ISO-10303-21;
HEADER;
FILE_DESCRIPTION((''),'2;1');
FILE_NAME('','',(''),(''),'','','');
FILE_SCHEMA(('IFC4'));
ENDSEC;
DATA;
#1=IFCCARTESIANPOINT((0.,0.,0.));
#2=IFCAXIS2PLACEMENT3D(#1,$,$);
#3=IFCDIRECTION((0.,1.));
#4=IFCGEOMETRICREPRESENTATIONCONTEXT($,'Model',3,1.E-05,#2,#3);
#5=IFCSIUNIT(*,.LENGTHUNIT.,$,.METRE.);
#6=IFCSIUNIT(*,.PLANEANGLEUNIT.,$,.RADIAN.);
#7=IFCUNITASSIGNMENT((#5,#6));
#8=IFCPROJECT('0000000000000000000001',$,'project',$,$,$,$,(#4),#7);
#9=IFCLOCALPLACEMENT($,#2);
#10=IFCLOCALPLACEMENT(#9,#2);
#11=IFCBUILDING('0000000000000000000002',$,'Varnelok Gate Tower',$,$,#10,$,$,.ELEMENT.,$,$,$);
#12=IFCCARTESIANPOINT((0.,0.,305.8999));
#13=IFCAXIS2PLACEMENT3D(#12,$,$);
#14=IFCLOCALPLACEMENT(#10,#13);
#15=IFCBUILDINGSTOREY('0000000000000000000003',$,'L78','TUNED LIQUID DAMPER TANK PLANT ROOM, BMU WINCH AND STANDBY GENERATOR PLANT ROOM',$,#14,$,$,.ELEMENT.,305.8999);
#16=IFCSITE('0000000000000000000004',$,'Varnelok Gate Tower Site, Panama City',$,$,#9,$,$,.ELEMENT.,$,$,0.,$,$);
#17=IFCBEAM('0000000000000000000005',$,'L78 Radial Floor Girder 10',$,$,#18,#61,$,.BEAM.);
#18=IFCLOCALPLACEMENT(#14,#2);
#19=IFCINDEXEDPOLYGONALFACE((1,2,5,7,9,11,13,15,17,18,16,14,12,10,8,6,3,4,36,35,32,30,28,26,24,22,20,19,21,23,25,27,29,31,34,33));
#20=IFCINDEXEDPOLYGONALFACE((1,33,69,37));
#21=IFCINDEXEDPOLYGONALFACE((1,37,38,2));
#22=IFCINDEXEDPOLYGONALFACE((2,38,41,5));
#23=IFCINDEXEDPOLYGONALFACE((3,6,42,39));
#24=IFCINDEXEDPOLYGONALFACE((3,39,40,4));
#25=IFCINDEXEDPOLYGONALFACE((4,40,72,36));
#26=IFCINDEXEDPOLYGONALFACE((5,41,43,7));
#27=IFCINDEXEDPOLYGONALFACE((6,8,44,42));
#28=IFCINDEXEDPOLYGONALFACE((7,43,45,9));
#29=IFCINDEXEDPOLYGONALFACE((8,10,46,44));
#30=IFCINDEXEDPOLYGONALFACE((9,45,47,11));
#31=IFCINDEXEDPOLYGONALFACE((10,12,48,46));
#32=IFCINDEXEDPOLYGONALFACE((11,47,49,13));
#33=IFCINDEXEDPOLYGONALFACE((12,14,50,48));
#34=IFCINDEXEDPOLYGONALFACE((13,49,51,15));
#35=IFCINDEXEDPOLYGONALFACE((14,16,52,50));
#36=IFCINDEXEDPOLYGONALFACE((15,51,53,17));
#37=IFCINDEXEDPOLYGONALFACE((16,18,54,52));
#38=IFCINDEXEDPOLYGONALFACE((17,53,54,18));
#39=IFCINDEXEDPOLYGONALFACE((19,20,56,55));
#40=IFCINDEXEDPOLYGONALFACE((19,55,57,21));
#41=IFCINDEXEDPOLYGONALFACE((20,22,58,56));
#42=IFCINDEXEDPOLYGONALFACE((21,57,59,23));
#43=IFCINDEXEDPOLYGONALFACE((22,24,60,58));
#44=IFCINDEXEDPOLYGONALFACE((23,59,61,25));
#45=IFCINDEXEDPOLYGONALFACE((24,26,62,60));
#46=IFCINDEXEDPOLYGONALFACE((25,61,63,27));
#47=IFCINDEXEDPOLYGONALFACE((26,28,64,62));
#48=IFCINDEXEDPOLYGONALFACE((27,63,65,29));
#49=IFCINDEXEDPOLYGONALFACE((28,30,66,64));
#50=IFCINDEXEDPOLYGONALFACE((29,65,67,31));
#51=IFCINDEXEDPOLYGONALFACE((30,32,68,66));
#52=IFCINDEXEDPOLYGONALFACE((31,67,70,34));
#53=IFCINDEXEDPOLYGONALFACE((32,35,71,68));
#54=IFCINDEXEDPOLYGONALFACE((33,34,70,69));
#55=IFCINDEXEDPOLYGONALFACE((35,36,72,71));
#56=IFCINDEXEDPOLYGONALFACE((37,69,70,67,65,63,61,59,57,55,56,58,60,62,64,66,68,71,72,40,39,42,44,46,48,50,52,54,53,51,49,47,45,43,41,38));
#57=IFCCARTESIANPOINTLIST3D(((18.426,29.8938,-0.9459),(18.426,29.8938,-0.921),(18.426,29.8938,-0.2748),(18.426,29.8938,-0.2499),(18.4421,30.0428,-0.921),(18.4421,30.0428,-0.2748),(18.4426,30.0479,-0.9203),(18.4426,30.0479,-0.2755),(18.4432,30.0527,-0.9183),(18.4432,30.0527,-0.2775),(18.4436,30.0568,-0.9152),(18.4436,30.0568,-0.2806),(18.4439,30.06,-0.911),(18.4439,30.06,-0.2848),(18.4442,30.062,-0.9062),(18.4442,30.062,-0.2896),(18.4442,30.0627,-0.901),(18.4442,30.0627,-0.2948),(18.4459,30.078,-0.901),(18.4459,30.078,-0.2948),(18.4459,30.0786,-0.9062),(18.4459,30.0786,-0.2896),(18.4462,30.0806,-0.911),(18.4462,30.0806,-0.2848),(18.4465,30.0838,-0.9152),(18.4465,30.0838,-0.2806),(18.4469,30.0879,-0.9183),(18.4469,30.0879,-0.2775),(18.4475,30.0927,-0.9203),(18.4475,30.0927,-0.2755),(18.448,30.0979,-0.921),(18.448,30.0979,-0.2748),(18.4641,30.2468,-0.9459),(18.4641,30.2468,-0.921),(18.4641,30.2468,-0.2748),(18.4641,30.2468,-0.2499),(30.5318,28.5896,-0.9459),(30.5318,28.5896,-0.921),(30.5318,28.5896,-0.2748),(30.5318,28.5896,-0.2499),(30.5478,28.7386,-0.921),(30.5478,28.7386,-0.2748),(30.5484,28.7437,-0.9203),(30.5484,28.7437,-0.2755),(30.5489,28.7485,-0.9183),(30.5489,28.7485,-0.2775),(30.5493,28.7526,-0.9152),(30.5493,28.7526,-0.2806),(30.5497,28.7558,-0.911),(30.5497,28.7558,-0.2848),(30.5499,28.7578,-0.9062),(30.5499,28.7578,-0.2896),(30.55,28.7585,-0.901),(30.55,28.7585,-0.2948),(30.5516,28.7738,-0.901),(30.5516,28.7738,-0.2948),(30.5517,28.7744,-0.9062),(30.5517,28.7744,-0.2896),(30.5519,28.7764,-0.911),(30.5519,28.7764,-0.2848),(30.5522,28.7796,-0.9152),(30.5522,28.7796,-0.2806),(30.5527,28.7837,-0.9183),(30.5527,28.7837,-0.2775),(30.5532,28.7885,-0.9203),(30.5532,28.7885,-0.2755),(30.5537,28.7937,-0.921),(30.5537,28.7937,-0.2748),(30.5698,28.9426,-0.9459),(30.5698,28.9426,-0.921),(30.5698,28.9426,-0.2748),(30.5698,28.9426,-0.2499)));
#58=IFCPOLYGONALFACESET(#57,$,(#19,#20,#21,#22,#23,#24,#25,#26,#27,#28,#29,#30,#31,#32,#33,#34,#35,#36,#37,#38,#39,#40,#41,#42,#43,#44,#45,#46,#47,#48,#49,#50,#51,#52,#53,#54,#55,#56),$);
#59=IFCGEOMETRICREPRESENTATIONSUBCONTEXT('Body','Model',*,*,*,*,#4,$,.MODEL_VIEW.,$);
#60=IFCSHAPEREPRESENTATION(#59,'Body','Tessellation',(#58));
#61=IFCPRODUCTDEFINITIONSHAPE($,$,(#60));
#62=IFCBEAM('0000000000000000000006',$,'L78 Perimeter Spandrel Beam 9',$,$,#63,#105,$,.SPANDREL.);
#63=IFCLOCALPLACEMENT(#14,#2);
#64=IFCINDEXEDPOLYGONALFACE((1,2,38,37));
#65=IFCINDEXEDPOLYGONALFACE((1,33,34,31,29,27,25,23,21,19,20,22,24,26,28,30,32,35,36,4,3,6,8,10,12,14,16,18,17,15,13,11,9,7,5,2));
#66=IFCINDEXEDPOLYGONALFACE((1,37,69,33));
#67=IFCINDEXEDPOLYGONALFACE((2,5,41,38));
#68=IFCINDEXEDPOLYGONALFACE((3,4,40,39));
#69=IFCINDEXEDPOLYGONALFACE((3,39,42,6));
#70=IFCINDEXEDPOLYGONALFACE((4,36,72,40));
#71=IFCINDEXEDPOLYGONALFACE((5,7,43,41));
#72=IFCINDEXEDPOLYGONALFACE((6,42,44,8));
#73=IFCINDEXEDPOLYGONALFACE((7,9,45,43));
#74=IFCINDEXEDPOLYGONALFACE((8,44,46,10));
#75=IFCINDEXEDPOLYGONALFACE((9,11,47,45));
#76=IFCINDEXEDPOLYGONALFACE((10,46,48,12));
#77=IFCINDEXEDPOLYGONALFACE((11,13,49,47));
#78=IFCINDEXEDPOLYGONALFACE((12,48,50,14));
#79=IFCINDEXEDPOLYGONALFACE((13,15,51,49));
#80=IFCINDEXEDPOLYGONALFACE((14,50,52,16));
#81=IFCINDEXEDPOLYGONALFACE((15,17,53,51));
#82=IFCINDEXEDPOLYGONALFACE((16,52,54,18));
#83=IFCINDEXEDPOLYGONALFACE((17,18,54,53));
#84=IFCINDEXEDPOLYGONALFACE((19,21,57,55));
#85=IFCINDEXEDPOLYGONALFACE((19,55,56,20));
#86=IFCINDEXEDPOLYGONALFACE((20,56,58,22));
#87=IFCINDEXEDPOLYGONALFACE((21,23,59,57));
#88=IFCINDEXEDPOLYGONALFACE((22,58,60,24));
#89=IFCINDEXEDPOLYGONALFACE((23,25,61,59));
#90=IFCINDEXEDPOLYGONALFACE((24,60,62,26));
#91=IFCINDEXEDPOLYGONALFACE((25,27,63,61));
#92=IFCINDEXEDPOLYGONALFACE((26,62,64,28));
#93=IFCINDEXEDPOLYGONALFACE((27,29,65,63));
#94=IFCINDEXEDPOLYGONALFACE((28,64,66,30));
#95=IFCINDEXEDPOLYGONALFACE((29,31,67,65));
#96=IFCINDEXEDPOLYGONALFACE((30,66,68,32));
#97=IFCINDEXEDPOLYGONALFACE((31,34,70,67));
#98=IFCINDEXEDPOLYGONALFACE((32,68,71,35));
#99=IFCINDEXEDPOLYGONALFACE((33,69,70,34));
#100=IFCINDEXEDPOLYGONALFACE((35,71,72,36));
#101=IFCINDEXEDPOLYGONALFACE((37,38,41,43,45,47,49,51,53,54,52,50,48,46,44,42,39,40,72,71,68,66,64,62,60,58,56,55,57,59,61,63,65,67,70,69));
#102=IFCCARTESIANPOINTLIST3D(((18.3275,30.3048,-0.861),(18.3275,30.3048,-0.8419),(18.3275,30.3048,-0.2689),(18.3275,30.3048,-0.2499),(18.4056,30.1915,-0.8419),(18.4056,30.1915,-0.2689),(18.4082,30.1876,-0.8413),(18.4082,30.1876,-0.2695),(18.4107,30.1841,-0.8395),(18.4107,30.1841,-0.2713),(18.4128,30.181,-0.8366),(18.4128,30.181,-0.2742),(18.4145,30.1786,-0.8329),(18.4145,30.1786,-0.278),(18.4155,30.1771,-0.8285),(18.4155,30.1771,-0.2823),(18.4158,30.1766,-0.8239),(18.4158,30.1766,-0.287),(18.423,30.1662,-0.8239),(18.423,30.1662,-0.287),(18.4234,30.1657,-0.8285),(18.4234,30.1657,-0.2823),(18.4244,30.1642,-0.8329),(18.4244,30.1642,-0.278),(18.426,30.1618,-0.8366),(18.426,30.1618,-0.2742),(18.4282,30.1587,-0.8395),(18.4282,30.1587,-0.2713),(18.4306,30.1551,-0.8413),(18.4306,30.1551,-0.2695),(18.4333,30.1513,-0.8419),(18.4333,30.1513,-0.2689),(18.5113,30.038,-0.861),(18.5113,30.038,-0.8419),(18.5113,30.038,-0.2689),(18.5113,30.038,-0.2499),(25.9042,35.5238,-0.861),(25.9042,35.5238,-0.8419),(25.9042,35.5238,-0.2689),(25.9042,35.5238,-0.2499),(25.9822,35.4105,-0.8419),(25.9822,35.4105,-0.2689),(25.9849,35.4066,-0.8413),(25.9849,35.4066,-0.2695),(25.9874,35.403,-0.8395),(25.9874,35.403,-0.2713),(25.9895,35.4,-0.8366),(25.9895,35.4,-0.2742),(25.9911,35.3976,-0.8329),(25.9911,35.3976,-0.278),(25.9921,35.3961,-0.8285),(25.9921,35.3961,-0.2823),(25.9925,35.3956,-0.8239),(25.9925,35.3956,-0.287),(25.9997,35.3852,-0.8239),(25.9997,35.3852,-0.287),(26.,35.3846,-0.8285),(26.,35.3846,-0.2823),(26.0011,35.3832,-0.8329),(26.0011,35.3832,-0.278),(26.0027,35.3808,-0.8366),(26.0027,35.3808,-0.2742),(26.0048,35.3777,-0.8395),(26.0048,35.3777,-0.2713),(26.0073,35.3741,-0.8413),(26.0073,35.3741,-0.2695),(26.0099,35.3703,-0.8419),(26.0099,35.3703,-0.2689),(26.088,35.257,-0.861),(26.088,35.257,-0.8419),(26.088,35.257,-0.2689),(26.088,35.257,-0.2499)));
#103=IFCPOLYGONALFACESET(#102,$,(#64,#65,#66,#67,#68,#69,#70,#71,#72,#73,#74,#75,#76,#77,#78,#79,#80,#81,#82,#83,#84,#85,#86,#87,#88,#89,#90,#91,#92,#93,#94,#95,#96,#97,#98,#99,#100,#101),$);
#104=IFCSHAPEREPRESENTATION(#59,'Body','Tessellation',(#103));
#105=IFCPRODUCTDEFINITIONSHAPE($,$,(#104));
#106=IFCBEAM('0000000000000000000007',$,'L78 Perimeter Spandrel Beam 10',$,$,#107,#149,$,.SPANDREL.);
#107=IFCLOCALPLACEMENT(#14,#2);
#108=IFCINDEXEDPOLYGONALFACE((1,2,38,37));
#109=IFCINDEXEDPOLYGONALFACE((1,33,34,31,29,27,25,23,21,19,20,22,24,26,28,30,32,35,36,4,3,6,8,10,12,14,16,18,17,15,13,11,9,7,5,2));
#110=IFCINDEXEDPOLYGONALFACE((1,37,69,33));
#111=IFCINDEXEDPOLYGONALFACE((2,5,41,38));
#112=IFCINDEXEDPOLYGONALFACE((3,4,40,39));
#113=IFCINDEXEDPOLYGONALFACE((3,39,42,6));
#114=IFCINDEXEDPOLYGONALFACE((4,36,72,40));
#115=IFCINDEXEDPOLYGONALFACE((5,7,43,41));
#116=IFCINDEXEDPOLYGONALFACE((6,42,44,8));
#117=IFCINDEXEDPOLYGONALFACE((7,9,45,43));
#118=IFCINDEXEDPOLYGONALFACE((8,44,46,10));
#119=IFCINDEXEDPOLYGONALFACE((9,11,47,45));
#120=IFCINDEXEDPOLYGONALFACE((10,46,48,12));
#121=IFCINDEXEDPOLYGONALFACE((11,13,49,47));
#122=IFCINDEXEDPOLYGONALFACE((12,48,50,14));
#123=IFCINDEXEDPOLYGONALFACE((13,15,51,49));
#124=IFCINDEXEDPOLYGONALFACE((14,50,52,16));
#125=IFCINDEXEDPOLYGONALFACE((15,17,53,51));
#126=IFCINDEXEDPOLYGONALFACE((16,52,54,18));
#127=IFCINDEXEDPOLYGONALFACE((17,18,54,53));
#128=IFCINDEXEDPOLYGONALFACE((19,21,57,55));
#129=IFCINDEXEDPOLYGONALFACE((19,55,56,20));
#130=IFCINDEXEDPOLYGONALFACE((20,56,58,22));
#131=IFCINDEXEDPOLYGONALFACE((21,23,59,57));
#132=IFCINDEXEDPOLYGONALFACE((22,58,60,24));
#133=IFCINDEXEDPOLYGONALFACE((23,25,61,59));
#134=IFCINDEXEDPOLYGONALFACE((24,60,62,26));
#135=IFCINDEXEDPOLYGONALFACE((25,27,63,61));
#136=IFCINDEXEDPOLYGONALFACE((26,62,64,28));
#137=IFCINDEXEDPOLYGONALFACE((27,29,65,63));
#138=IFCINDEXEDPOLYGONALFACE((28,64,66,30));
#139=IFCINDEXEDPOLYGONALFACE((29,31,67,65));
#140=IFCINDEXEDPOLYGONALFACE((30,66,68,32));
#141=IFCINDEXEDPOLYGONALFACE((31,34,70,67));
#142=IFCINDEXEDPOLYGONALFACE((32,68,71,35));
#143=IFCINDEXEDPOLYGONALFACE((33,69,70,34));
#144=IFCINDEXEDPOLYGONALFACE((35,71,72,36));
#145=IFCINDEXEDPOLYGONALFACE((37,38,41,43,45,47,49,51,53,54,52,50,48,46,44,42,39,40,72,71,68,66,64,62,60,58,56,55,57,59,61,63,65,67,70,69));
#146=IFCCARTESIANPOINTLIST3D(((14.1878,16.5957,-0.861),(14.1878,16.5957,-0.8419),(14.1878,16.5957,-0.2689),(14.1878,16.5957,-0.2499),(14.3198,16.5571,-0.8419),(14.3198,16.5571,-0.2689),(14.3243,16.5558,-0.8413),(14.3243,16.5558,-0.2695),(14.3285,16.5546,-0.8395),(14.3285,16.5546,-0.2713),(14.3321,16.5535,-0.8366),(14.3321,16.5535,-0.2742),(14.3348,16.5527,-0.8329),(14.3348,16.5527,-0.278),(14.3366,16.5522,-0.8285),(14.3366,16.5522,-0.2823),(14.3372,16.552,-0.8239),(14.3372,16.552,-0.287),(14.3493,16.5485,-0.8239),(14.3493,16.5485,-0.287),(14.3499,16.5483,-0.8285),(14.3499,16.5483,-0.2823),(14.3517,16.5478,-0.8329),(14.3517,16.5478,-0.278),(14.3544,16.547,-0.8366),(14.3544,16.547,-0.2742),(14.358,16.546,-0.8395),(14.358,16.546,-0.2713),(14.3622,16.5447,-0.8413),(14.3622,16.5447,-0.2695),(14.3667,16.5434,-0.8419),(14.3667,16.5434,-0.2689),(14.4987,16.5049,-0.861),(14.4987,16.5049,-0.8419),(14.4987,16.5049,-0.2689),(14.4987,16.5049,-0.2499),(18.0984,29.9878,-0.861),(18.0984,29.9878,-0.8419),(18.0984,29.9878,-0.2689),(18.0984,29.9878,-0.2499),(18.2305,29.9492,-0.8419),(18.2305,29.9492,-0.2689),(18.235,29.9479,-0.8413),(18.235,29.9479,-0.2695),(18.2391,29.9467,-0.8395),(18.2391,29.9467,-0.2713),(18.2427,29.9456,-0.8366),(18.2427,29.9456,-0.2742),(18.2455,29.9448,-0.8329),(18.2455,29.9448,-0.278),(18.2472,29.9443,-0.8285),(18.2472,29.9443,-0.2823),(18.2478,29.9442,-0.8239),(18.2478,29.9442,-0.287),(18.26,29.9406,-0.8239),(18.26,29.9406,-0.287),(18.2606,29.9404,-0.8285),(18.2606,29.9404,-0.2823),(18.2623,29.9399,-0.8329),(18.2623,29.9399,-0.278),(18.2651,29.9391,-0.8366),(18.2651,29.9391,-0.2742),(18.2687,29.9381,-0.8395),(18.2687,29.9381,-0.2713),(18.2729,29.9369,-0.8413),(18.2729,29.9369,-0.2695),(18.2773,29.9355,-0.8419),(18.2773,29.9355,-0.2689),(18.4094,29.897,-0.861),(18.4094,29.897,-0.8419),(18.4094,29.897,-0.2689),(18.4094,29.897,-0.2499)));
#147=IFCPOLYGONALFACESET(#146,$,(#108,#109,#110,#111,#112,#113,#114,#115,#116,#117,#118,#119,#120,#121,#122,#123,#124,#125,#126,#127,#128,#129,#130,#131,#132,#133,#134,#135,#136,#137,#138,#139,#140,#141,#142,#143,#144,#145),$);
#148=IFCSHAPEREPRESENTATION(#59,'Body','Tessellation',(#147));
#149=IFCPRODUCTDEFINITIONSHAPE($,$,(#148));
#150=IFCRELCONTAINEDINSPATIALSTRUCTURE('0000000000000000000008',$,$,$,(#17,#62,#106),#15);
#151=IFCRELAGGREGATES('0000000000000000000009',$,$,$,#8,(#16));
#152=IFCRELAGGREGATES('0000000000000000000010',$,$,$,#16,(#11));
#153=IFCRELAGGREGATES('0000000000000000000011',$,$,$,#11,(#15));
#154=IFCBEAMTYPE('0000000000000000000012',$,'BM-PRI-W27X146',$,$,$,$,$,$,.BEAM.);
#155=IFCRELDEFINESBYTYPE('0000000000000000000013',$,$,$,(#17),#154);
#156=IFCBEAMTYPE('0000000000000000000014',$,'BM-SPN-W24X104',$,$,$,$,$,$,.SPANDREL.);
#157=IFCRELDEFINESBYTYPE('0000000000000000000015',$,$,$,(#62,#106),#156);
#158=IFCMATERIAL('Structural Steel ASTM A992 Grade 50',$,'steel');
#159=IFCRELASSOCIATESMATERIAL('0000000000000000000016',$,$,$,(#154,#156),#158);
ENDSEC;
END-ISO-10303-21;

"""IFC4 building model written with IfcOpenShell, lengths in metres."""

from ifc_helpers import new_model, si_unit, direction, frame, origin, origin_2d, place, context, subcontext, project, spatial, i_section, extrude, material, material_profile, profile_set, type_object, element, save


model = new_model("IFC4")

# Units and contexts
model_context = context("Model", 3, precision=1e-05, world=origin(), true_north=direction((0.0, 1.0)))
body_context = subcontext(model_context, "Body", "Model", "MODEL_VIEW")
ifc_project = project(units=[si_unit("LENGTHUNIT", "METRE"), si_unit("PLANEANGLEUNIT", "RADIAN")], contexts=[model_context])

# Site, building, storey
site_placement = place(None, origin())
site = spatial("IfcSite", under=ifc_project, at=site_placement, Name="Varnelok Gate Tower Site, Panama City", CompositionType="ELEMENT", RefElevation=0.0)
building_placement = place(site_placement, origin())
building = spatial("IfcBuilding", under=site, at=building_placement, Name="Varnelok Gate Tower", CompositionType="ELEMENT")
storey_placement = place(building_placement, frame((0.0, 0.0, 305.8999)))
storey = spatial("IfcBuildingStorey", under=building, at=storey_placement, Name="L78", Description="TUNED LIQUID DAMPER TANK PLANT ROOM, BMU WINCH AND STANDBY GENERATOR PLANT ROOM", CompositionType="ELEMENT", Elevation=305.8999)

# Shared definitions
ifc_material_1 = material(Name="Structural Steel ASTM A992 Grade 50", Category="steel")

# Beams
ifc_material_profile_1 = material_profile(ifc_material_1, i_section(OverallWidth=0.355, OverallDepth=0.696, WebThickness=0.0154, FlangeThickness=0.0249, FilletRadius=0.02, at=origin_2d()), Name="W27X146")
ifc_profile_set_1 = profile_set([ifc_material_profile_1], Name="Structural Steel ASTM A992 Grade 50")
beam_type_1 = type_object("IfcBeamType", Name="BM-PRI-W27X146", PredefinedType="BEAM", material=ifc_profile_set_1)
beam_1_placement = place(storey_placement, frame((30.5508, 28.7661, -0.5979), z_axis=(-0.994247, 0.107114, 0.0), x_axis=(-0.107114, -0.994247, 0.0)))
element("IfcBeam", 1, at=beam_1_placement, inside=storey, type_object=beam_type_1, Name="L78 Radial Floor Girder 10", PredefinedType="BEAM", context=body_context, shape_type="SweptSolid", body=[
    extrude(i_section(OverallWidth=0.355, OverallDepth=0.696, WebThickness=0.0154, FlangeThickness=0.0249, FilletRadius=0.02, at=origin_2d()), origin(), (0.0, 0.0, 1.0), 12.1758),
])
ifc_material_profile_2 = material_profile(ifc_material_1, i_section(OverallWidth=0.324, OverallDepth=0.6111, WebThickness=0.0127, FlangeThickness=0.019, FilletRadius=0.0181, at=origin_2d()), Name="W24X104")
ifc_profile_set_2 = profile_set([ifc_material_profile_2], Name="Structural Steel ASTM A992 Grade 50")
beam_type_2 = type_object("IfcBeamType", Name="BM-SPN-W24X104", PredefinedType="SPANDREL", material=ifc_profile_set_2)
beam_2_placement = place(storey_placement, frame((25.9961, 35.3904, -0.5554), z_axis=(-0.823532, -0.56727, 0.0), x_axis=(0.56727, -0.823532, 0.0)))
element("IfcBeam", 2, at=beam_2_placement, inside=storey, type_object=beam_type_2, Name="L78 Perimeter Spandrel Beam 9", PredefinedType="SPANDREL", context=body_context, shape_type="SweptSolid", body=[
    extrude(i_section(OverallWidth=0.324, OverallDepth=0.6111, WebThickness=0.0127, FlangeThickness=0.019, FilletRadius=0.0181, at=origin_2d()), origin(), (0.0, 0.0, 1.0), 9.2002),
])
beam_3_placement = place(storey_placement, frame((18.2539, 29.9424, -0.5554), z_axis=(-0.280305, -0.959911, 0.0), x_axis=(0.959911, -0.280305, 0.0)))
element("IfcBeam", 3, at=beam_3_placement, inside=storey, type_object=beam_type_2, Name="L78 Perimeter Spandrel Beam 10", PredefinedType="SPANDREL", context=body_context, shape_type="SweptSolid", body=[
    extrude(i_section(OverallWidth=0.324, OverallDepth=0.6111, WebThickness=0.0127, FlangeThickness=0.019, FilletRadius=0.0181, at=origin_2d()), origin(), (0.0, 0.0, 1.0), 13.9514),
])

save(model, "model.ifc")
